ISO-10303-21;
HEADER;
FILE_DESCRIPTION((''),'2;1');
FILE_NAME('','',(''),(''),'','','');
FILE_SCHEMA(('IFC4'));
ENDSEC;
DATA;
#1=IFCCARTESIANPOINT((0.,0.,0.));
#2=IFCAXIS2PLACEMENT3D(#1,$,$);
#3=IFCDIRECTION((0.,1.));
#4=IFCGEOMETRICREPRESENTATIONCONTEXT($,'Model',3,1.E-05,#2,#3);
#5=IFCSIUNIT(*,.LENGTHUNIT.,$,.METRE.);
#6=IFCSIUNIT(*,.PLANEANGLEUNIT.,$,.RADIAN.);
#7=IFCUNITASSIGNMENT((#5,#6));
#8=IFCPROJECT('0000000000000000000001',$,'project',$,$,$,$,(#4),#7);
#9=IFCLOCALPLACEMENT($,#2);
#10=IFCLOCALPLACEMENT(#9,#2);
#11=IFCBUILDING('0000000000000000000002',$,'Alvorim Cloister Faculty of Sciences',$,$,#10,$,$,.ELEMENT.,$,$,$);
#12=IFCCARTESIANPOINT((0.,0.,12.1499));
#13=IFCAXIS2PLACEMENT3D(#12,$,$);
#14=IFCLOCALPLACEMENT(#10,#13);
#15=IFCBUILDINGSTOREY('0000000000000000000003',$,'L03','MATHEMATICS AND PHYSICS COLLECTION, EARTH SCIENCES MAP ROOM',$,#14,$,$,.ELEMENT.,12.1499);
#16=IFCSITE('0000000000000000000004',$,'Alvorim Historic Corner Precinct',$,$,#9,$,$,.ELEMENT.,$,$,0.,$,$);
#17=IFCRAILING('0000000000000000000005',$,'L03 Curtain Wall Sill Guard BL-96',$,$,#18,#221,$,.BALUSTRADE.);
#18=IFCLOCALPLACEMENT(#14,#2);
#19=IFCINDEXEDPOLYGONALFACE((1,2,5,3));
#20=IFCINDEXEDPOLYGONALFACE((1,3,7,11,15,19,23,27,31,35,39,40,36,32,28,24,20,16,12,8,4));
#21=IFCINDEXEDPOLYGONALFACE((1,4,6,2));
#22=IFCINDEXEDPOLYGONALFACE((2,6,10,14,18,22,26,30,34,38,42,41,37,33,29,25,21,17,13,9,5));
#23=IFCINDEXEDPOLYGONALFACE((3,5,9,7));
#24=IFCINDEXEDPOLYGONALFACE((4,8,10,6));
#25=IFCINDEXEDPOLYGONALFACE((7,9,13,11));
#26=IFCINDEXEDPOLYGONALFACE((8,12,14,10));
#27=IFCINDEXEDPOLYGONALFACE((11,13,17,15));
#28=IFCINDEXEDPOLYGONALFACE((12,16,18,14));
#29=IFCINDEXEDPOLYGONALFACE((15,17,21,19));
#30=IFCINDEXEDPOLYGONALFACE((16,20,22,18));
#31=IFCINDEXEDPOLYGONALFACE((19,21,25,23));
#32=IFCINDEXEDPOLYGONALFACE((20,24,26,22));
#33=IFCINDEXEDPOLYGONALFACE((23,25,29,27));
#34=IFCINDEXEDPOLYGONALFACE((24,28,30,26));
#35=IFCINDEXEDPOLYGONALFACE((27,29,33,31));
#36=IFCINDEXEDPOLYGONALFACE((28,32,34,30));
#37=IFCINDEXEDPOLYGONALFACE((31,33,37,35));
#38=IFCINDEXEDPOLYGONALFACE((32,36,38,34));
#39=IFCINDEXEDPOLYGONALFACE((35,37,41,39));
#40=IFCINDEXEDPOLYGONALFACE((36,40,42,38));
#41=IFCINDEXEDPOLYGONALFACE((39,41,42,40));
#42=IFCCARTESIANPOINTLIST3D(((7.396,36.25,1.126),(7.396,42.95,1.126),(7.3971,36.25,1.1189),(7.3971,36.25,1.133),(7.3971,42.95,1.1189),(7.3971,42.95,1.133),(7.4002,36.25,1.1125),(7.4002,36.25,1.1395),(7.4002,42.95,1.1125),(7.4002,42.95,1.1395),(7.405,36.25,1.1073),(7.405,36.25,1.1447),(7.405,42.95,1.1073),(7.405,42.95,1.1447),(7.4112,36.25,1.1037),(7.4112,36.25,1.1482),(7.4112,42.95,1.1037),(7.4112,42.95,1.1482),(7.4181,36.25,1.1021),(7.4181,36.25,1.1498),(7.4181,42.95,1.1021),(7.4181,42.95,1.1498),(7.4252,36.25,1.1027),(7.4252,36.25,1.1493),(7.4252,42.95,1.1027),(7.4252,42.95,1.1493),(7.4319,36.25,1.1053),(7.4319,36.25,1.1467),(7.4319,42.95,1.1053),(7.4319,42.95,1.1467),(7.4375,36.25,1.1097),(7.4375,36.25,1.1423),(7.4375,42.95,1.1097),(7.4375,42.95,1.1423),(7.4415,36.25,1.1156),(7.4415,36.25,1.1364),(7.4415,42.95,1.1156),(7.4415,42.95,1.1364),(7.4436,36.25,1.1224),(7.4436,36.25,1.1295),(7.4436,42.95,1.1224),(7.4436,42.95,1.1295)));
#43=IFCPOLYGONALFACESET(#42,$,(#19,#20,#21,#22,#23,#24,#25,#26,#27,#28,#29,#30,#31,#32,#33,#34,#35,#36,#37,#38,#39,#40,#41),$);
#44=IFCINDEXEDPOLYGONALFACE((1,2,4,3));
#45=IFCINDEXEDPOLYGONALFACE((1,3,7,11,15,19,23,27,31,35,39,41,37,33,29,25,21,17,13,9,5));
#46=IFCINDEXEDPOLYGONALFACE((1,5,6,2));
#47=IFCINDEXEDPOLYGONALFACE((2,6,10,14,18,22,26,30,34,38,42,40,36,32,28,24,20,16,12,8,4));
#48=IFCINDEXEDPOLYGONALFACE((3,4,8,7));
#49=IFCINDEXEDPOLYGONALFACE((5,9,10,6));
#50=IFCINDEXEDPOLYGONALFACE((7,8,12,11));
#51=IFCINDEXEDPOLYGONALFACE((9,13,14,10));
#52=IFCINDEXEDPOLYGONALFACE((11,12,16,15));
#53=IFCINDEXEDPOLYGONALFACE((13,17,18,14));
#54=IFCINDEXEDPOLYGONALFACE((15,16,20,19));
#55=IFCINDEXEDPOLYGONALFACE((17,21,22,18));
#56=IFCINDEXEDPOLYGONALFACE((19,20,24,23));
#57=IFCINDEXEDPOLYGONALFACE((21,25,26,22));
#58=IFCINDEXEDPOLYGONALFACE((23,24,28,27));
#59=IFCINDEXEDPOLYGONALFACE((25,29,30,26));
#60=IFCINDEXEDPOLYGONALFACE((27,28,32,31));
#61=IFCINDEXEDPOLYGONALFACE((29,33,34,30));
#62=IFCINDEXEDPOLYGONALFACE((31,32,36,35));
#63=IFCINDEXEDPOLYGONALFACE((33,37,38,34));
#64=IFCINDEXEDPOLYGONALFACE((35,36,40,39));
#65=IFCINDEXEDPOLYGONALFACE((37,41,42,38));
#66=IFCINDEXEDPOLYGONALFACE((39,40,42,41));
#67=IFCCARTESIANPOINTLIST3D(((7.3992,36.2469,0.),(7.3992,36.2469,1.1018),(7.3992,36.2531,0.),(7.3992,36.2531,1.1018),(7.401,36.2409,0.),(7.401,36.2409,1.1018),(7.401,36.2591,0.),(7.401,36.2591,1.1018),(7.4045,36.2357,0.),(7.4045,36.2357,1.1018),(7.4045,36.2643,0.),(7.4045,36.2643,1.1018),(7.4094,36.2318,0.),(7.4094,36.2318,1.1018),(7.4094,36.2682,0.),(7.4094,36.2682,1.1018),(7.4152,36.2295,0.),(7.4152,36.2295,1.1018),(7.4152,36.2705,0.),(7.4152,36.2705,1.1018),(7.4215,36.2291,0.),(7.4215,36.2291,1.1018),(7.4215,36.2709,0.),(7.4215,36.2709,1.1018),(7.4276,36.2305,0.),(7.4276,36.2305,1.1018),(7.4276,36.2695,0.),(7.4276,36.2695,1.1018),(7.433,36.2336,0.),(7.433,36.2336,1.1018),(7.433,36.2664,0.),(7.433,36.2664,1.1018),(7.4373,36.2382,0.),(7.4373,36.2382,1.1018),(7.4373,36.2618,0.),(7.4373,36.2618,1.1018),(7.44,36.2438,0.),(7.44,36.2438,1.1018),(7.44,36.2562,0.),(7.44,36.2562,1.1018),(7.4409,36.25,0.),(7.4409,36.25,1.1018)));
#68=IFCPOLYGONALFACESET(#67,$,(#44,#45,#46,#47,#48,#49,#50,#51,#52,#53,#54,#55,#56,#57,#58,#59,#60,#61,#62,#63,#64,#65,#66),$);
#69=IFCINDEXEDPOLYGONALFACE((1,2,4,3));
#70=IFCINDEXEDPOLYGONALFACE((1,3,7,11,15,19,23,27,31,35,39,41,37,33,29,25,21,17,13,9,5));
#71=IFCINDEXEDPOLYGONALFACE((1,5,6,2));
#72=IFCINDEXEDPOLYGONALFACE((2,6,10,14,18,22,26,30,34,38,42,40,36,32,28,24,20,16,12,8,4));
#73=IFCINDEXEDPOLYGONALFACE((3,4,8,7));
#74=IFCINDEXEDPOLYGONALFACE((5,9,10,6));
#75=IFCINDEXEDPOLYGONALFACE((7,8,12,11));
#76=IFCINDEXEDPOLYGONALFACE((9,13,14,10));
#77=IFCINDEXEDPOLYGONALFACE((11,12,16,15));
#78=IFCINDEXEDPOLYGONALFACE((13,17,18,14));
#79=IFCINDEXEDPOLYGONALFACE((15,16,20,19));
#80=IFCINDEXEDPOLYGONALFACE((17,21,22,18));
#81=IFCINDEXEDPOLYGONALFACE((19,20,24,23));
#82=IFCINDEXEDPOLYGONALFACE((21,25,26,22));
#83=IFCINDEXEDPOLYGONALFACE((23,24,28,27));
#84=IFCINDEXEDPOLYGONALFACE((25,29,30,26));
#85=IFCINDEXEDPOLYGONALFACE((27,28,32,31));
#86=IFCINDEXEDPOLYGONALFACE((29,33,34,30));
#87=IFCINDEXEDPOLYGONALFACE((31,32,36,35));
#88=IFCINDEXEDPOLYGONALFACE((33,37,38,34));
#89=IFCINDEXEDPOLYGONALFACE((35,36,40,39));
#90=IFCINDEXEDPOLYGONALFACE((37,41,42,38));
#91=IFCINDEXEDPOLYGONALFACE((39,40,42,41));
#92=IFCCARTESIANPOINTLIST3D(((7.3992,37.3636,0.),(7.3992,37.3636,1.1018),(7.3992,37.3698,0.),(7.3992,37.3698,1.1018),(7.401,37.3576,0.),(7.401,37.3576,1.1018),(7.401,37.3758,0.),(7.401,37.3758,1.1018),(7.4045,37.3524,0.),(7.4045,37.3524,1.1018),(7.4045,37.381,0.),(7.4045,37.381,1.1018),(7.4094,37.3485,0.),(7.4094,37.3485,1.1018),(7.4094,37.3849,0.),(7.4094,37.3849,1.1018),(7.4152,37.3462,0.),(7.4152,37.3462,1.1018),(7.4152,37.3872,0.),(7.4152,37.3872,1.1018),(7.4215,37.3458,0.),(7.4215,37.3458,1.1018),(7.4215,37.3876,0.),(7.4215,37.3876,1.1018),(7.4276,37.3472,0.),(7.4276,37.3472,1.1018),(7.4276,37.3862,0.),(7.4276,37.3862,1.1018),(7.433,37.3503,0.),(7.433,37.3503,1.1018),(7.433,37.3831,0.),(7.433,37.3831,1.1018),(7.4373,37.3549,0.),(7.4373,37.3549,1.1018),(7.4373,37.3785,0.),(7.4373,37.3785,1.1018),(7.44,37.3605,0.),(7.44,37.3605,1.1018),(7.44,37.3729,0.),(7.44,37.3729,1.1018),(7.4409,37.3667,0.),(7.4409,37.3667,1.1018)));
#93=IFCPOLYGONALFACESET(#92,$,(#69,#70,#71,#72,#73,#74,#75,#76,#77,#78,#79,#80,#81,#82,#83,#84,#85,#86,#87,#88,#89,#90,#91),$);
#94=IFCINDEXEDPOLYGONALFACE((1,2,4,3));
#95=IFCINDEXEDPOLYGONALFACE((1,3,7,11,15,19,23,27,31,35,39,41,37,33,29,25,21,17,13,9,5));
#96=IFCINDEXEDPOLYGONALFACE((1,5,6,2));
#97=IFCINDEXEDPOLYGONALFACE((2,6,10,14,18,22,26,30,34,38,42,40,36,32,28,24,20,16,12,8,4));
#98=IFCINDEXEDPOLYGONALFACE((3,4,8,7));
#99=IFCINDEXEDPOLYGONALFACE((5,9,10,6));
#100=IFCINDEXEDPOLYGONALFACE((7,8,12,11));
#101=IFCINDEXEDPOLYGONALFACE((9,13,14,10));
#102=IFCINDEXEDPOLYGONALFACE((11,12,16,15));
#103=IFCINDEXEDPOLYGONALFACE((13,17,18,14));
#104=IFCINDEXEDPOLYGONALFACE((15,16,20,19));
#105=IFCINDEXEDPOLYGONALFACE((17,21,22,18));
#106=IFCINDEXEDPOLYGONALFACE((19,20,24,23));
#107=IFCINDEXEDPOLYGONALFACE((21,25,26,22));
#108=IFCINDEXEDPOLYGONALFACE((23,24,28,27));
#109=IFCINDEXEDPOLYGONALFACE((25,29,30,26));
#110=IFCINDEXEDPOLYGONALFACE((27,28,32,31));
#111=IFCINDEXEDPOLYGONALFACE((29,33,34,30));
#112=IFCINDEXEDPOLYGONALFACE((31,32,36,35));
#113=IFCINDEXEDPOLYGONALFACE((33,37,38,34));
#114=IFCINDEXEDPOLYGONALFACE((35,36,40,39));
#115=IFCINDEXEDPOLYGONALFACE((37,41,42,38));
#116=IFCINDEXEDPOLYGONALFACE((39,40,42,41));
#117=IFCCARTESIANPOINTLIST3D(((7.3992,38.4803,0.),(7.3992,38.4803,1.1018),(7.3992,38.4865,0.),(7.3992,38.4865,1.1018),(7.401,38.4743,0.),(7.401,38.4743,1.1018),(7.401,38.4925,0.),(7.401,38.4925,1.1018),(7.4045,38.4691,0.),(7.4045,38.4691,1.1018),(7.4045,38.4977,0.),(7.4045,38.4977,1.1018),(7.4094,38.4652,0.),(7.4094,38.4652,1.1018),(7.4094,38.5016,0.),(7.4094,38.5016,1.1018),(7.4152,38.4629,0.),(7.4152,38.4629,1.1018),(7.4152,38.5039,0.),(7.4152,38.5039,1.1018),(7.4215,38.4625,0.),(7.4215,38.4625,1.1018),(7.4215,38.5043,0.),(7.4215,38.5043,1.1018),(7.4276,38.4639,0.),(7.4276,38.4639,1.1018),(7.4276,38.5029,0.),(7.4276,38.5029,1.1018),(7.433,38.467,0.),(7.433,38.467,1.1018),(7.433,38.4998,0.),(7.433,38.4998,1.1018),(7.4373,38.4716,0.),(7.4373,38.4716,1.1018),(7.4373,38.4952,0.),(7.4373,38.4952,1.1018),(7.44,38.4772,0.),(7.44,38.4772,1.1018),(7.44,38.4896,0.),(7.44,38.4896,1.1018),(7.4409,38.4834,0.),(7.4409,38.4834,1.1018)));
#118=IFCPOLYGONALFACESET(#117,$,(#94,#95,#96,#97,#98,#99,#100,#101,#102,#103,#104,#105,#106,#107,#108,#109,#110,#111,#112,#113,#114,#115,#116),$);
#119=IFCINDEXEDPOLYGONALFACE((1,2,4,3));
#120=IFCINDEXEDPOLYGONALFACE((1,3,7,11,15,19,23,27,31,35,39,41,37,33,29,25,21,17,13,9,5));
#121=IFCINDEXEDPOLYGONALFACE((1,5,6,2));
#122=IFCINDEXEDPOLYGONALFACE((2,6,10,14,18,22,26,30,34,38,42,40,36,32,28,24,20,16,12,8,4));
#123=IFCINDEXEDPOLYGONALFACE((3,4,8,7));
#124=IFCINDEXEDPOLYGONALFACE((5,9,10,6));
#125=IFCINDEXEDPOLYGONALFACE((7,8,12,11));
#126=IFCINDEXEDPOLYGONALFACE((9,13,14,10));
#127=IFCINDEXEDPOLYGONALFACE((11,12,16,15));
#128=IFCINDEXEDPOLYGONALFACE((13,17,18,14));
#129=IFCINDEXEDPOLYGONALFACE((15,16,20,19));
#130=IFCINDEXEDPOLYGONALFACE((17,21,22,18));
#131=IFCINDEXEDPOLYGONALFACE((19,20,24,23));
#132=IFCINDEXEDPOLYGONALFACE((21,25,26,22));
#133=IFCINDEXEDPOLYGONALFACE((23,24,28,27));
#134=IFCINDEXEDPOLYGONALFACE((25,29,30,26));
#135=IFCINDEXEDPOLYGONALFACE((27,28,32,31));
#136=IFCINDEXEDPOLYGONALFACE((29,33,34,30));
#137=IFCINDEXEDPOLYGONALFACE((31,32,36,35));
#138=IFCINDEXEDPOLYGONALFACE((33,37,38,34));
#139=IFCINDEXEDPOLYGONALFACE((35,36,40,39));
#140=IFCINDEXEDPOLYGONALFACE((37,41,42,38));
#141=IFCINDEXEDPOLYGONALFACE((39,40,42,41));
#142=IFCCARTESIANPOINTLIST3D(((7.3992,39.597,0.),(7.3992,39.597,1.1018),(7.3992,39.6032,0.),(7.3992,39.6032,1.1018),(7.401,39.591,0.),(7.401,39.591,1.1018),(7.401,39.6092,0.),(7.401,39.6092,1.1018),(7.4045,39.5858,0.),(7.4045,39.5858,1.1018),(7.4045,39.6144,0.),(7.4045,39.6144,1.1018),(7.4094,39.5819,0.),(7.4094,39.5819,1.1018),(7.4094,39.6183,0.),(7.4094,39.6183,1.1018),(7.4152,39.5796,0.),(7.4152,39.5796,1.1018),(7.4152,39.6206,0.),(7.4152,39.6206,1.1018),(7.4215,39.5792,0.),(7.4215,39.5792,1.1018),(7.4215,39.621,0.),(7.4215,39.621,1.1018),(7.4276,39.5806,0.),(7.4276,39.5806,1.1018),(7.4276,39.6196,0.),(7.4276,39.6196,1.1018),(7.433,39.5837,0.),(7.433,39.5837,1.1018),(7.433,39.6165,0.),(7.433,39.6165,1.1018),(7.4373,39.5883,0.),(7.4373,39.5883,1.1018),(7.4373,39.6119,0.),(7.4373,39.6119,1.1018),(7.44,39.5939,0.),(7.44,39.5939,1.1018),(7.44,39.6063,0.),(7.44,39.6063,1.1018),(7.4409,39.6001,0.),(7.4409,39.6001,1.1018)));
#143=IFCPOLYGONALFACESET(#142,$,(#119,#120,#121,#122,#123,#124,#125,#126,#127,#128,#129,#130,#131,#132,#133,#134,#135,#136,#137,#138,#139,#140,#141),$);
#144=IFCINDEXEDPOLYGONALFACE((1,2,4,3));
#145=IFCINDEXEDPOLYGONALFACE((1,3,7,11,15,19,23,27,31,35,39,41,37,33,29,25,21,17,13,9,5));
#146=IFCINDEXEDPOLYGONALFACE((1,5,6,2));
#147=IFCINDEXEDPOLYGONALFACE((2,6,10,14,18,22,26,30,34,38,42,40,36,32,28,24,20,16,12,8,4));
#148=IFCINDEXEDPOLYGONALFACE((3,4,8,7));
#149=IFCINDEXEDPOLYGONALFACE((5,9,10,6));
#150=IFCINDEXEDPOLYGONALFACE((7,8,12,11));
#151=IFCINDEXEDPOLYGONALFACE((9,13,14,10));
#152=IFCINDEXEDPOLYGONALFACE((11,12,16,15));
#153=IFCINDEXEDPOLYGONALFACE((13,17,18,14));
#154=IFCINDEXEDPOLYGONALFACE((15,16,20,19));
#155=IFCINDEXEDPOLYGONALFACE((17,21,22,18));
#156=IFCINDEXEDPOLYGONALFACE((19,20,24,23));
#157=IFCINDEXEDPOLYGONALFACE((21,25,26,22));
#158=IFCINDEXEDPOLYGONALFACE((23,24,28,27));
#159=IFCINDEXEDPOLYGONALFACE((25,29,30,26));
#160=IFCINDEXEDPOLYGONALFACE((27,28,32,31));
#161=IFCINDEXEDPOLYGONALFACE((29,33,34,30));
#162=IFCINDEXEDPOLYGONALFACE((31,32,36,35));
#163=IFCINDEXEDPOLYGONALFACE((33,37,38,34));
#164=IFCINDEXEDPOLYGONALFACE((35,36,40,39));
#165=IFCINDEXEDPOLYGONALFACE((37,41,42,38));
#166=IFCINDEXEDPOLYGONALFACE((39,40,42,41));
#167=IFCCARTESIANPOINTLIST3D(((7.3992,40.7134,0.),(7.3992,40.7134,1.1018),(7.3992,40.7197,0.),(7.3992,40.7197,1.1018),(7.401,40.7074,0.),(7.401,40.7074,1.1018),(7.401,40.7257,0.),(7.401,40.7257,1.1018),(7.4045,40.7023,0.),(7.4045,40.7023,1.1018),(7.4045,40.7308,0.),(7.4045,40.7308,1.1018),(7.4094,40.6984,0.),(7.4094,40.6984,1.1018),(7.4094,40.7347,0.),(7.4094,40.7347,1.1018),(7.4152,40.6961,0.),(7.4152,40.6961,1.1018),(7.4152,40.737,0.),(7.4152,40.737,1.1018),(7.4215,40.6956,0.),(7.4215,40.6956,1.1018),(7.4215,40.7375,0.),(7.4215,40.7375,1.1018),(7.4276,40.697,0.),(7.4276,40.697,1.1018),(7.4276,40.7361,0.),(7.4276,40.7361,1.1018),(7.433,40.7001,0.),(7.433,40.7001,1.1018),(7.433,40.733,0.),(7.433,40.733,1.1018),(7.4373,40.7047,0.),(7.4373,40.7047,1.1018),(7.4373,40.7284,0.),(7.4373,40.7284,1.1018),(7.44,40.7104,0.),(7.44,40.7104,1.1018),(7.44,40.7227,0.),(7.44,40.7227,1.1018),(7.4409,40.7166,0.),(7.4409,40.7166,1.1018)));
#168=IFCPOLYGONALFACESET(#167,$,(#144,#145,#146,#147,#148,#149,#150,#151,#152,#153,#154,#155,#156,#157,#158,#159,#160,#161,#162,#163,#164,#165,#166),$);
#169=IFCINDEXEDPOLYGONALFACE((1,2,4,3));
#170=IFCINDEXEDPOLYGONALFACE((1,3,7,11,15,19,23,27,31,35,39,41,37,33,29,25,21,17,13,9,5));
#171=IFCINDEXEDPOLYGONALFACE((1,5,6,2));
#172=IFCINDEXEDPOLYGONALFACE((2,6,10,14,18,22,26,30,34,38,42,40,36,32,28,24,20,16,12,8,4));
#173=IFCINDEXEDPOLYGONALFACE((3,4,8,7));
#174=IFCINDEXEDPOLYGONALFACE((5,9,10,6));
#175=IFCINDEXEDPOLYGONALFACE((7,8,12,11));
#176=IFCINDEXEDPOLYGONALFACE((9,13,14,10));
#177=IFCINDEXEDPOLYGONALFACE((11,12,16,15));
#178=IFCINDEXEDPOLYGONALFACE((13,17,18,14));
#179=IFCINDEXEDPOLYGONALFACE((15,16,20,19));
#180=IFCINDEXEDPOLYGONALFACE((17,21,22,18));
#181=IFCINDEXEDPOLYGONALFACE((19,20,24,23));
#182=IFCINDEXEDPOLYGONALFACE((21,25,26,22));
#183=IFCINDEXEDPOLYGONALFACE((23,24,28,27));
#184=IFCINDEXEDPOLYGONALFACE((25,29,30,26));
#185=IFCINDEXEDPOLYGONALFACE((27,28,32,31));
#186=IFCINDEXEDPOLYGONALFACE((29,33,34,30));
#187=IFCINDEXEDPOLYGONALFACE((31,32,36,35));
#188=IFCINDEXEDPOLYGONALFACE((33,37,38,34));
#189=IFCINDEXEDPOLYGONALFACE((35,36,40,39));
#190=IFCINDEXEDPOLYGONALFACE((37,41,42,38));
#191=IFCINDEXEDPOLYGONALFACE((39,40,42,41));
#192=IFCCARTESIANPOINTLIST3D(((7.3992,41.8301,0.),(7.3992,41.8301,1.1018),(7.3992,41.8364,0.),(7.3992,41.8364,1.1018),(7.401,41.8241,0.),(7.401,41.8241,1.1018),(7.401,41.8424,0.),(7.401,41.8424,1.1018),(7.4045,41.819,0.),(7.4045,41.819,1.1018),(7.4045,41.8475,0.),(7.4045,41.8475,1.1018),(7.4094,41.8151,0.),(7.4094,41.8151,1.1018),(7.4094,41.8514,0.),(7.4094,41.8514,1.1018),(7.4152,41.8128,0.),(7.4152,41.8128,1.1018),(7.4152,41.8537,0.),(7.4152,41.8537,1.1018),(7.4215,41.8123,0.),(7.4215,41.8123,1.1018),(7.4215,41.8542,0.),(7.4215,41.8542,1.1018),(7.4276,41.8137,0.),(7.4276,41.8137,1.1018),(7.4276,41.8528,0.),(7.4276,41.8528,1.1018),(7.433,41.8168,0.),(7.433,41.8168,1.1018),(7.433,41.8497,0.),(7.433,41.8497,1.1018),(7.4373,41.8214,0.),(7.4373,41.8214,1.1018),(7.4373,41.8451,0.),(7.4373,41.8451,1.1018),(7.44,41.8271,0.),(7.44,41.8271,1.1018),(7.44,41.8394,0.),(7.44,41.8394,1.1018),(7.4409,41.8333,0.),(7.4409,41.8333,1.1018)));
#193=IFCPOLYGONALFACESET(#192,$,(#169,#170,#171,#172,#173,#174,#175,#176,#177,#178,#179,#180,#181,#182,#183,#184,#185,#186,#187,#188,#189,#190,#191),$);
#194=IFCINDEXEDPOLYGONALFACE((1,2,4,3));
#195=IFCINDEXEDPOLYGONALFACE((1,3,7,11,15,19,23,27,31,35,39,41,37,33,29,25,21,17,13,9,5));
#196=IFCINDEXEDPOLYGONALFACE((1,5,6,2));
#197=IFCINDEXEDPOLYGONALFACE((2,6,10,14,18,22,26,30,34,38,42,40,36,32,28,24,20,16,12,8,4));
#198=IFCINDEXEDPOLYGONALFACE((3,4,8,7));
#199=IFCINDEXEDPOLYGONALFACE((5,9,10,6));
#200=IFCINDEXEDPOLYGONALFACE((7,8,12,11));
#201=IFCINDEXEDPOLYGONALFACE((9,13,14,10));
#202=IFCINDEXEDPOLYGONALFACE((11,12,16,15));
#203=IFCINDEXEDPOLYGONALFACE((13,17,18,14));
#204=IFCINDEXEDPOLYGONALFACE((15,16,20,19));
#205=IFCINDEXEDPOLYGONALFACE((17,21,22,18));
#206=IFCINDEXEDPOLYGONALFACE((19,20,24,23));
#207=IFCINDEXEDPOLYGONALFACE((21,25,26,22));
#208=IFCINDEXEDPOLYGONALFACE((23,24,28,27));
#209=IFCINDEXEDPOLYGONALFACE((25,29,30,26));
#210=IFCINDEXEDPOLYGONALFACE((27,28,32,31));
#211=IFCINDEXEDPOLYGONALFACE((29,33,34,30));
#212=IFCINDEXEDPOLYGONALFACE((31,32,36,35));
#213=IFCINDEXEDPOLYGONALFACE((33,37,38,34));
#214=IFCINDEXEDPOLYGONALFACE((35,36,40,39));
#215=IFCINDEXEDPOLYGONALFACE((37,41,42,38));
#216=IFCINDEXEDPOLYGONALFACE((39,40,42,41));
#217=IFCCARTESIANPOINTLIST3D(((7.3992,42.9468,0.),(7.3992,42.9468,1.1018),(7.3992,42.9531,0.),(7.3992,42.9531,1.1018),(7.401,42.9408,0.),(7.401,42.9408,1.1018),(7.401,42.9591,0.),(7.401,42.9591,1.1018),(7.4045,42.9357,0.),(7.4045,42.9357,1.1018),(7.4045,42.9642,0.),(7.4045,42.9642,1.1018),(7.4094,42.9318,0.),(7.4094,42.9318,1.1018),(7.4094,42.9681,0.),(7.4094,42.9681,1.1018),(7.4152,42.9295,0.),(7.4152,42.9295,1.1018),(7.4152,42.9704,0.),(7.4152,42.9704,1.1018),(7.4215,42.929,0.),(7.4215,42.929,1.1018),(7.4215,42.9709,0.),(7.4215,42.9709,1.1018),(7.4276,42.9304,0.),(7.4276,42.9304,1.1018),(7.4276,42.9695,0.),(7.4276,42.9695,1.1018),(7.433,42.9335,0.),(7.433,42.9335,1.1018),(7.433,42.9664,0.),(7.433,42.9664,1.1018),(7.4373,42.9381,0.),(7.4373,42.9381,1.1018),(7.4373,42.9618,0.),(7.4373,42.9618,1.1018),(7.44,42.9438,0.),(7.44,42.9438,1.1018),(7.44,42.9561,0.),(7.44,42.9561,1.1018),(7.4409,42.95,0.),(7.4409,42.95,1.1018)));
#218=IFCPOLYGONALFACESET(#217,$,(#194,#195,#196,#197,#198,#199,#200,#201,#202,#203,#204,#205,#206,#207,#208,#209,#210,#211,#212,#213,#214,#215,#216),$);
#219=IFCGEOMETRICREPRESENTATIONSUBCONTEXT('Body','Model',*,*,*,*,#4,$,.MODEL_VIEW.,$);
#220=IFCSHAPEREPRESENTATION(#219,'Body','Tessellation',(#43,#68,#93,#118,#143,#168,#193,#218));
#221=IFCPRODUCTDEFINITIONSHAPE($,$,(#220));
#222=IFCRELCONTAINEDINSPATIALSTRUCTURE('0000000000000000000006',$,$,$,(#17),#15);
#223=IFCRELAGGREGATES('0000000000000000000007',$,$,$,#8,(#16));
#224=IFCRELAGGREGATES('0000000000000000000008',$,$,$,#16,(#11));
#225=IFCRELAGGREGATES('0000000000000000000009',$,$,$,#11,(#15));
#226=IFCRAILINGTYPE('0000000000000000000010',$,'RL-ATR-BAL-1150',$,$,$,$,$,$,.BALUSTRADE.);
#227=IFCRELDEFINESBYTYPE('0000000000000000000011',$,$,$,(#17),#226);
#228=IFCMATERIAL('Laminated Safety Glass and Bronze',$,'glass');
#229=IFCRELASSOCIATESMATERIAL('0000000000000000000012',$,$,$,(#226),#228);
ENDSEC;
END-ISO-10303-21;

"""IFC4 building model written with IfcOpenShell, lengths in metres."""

from ifc_helpers import new_model, si_unit, direction, frame, origin, origin_2d, place, context, subcontext, project, spatial, circle, extrude, material, type_object, element, save


model = new_model("IFC4")

# Units and contexts
model_context = context("Model", 3, precision=1e-05, world=origin(), true_north=direction((0.0, 1.0)))
body_context = subcontext(model_context, "Body", "Model", "MODEL_VIEW")
ifc_project = project(units=[si_unit("LENGTHUNIT", "METRE"), si_unit("PLANEANGLEUNIT", "RADIAN")], contexts=[model_context])

# Site, building, storey
site_placement = place(None, origin())
site = spatial("IfcSite", under=ifc_project, at=site_placement, Name="Alvorim Historic Corner Precinct", CompositionType="ELEMENT", RefElevation=0.0)
building_placement = place(site_placement, origin())
building = spatial("IfcBuilding", under=site, at=building_placement, Name="Alvorim Cloister Faculty of Sciences", CompositionType="ELEMENT")
storey_placement = place(building_placement, frame((0.0, 0.0, 12.1499)))
storey = spatial("IfcBuildingStorey", under=building, at=storey_placement, Name="L03", Description="MATHEMATICS AND PHYSICS COLLECTION, EARTH SCIENCES MAP ROOM", CompositionType="ELEMENT", Elevation=12.1499)

# Railing
ifc_material_1 = material(Name="Laminated Safety Glass and Bronze", Category="glass")
railing_type = type_object("IfcRailingType", Name="RL-ATR-BAL-1150", PredefinedType="BALUSTRADE", material=ifc_material_1)
railing_placement = place(storey_placement, frame((7.4199, 36.25, 0.0)))
element("IfcRailing", 1, at=railing_placement, inside=storey, type_object=railing_type, Name="L03 Curtain Wall Sill Guard BL-96", PredefinedType="BALUSTRADE", context=body_context, shape_type="SweptSolid", body=[
    extrude(circle(Radius=0.0239, at=origin_2d()), frame((0.0, 0.0, 1.126), z_axis=(0.0, 1.0, 0.0), x_axis=(-1.0, 0.0, 0.0)), (0.0, 0.0, 1.0), 6.7),
    extrude(circle(Radius=0.021, at=origin_2d()), origin(), (0.0, 0.0, 1.0), 1.1018),
    extrude(circle(Radius=0.021, at=origin_2d()), frame((0.0, 1.1167, 0.0)), (0.0, 0.0, 1.0), 1.1018),
    extrude(circle(Radius=0.021, at=origin_2d()), frame((0.0, 2.2334, 0.0)), (0.0, 0.0, 1.0), 1.1018),
    extrude(circle(Radius=0.021, at=origin_2d()), frame((0.0, 3.3501, 0.0)), (0.0, 0.0, 1.0), 1.1018),
    extrude(circle(Radius=0.021, at=origin_2d()), frame((0.0, 4.4666, 0.0)), (0.0, 0.0, 1.0), 1.1018),
    extrude(circle(Radius=0.021, at=origin_2d()), frame((0.0, 5.5833, 0.0)), (0.0, 0.0, 1.0), 1.1018),
    extrude(circle(Radius=0.021, at=origin_2d()), frame((0.0, 6.7, 0.0)), (0.0, 0.0, 1.0), 1.1018),
])

save(model, "model.ifc")
